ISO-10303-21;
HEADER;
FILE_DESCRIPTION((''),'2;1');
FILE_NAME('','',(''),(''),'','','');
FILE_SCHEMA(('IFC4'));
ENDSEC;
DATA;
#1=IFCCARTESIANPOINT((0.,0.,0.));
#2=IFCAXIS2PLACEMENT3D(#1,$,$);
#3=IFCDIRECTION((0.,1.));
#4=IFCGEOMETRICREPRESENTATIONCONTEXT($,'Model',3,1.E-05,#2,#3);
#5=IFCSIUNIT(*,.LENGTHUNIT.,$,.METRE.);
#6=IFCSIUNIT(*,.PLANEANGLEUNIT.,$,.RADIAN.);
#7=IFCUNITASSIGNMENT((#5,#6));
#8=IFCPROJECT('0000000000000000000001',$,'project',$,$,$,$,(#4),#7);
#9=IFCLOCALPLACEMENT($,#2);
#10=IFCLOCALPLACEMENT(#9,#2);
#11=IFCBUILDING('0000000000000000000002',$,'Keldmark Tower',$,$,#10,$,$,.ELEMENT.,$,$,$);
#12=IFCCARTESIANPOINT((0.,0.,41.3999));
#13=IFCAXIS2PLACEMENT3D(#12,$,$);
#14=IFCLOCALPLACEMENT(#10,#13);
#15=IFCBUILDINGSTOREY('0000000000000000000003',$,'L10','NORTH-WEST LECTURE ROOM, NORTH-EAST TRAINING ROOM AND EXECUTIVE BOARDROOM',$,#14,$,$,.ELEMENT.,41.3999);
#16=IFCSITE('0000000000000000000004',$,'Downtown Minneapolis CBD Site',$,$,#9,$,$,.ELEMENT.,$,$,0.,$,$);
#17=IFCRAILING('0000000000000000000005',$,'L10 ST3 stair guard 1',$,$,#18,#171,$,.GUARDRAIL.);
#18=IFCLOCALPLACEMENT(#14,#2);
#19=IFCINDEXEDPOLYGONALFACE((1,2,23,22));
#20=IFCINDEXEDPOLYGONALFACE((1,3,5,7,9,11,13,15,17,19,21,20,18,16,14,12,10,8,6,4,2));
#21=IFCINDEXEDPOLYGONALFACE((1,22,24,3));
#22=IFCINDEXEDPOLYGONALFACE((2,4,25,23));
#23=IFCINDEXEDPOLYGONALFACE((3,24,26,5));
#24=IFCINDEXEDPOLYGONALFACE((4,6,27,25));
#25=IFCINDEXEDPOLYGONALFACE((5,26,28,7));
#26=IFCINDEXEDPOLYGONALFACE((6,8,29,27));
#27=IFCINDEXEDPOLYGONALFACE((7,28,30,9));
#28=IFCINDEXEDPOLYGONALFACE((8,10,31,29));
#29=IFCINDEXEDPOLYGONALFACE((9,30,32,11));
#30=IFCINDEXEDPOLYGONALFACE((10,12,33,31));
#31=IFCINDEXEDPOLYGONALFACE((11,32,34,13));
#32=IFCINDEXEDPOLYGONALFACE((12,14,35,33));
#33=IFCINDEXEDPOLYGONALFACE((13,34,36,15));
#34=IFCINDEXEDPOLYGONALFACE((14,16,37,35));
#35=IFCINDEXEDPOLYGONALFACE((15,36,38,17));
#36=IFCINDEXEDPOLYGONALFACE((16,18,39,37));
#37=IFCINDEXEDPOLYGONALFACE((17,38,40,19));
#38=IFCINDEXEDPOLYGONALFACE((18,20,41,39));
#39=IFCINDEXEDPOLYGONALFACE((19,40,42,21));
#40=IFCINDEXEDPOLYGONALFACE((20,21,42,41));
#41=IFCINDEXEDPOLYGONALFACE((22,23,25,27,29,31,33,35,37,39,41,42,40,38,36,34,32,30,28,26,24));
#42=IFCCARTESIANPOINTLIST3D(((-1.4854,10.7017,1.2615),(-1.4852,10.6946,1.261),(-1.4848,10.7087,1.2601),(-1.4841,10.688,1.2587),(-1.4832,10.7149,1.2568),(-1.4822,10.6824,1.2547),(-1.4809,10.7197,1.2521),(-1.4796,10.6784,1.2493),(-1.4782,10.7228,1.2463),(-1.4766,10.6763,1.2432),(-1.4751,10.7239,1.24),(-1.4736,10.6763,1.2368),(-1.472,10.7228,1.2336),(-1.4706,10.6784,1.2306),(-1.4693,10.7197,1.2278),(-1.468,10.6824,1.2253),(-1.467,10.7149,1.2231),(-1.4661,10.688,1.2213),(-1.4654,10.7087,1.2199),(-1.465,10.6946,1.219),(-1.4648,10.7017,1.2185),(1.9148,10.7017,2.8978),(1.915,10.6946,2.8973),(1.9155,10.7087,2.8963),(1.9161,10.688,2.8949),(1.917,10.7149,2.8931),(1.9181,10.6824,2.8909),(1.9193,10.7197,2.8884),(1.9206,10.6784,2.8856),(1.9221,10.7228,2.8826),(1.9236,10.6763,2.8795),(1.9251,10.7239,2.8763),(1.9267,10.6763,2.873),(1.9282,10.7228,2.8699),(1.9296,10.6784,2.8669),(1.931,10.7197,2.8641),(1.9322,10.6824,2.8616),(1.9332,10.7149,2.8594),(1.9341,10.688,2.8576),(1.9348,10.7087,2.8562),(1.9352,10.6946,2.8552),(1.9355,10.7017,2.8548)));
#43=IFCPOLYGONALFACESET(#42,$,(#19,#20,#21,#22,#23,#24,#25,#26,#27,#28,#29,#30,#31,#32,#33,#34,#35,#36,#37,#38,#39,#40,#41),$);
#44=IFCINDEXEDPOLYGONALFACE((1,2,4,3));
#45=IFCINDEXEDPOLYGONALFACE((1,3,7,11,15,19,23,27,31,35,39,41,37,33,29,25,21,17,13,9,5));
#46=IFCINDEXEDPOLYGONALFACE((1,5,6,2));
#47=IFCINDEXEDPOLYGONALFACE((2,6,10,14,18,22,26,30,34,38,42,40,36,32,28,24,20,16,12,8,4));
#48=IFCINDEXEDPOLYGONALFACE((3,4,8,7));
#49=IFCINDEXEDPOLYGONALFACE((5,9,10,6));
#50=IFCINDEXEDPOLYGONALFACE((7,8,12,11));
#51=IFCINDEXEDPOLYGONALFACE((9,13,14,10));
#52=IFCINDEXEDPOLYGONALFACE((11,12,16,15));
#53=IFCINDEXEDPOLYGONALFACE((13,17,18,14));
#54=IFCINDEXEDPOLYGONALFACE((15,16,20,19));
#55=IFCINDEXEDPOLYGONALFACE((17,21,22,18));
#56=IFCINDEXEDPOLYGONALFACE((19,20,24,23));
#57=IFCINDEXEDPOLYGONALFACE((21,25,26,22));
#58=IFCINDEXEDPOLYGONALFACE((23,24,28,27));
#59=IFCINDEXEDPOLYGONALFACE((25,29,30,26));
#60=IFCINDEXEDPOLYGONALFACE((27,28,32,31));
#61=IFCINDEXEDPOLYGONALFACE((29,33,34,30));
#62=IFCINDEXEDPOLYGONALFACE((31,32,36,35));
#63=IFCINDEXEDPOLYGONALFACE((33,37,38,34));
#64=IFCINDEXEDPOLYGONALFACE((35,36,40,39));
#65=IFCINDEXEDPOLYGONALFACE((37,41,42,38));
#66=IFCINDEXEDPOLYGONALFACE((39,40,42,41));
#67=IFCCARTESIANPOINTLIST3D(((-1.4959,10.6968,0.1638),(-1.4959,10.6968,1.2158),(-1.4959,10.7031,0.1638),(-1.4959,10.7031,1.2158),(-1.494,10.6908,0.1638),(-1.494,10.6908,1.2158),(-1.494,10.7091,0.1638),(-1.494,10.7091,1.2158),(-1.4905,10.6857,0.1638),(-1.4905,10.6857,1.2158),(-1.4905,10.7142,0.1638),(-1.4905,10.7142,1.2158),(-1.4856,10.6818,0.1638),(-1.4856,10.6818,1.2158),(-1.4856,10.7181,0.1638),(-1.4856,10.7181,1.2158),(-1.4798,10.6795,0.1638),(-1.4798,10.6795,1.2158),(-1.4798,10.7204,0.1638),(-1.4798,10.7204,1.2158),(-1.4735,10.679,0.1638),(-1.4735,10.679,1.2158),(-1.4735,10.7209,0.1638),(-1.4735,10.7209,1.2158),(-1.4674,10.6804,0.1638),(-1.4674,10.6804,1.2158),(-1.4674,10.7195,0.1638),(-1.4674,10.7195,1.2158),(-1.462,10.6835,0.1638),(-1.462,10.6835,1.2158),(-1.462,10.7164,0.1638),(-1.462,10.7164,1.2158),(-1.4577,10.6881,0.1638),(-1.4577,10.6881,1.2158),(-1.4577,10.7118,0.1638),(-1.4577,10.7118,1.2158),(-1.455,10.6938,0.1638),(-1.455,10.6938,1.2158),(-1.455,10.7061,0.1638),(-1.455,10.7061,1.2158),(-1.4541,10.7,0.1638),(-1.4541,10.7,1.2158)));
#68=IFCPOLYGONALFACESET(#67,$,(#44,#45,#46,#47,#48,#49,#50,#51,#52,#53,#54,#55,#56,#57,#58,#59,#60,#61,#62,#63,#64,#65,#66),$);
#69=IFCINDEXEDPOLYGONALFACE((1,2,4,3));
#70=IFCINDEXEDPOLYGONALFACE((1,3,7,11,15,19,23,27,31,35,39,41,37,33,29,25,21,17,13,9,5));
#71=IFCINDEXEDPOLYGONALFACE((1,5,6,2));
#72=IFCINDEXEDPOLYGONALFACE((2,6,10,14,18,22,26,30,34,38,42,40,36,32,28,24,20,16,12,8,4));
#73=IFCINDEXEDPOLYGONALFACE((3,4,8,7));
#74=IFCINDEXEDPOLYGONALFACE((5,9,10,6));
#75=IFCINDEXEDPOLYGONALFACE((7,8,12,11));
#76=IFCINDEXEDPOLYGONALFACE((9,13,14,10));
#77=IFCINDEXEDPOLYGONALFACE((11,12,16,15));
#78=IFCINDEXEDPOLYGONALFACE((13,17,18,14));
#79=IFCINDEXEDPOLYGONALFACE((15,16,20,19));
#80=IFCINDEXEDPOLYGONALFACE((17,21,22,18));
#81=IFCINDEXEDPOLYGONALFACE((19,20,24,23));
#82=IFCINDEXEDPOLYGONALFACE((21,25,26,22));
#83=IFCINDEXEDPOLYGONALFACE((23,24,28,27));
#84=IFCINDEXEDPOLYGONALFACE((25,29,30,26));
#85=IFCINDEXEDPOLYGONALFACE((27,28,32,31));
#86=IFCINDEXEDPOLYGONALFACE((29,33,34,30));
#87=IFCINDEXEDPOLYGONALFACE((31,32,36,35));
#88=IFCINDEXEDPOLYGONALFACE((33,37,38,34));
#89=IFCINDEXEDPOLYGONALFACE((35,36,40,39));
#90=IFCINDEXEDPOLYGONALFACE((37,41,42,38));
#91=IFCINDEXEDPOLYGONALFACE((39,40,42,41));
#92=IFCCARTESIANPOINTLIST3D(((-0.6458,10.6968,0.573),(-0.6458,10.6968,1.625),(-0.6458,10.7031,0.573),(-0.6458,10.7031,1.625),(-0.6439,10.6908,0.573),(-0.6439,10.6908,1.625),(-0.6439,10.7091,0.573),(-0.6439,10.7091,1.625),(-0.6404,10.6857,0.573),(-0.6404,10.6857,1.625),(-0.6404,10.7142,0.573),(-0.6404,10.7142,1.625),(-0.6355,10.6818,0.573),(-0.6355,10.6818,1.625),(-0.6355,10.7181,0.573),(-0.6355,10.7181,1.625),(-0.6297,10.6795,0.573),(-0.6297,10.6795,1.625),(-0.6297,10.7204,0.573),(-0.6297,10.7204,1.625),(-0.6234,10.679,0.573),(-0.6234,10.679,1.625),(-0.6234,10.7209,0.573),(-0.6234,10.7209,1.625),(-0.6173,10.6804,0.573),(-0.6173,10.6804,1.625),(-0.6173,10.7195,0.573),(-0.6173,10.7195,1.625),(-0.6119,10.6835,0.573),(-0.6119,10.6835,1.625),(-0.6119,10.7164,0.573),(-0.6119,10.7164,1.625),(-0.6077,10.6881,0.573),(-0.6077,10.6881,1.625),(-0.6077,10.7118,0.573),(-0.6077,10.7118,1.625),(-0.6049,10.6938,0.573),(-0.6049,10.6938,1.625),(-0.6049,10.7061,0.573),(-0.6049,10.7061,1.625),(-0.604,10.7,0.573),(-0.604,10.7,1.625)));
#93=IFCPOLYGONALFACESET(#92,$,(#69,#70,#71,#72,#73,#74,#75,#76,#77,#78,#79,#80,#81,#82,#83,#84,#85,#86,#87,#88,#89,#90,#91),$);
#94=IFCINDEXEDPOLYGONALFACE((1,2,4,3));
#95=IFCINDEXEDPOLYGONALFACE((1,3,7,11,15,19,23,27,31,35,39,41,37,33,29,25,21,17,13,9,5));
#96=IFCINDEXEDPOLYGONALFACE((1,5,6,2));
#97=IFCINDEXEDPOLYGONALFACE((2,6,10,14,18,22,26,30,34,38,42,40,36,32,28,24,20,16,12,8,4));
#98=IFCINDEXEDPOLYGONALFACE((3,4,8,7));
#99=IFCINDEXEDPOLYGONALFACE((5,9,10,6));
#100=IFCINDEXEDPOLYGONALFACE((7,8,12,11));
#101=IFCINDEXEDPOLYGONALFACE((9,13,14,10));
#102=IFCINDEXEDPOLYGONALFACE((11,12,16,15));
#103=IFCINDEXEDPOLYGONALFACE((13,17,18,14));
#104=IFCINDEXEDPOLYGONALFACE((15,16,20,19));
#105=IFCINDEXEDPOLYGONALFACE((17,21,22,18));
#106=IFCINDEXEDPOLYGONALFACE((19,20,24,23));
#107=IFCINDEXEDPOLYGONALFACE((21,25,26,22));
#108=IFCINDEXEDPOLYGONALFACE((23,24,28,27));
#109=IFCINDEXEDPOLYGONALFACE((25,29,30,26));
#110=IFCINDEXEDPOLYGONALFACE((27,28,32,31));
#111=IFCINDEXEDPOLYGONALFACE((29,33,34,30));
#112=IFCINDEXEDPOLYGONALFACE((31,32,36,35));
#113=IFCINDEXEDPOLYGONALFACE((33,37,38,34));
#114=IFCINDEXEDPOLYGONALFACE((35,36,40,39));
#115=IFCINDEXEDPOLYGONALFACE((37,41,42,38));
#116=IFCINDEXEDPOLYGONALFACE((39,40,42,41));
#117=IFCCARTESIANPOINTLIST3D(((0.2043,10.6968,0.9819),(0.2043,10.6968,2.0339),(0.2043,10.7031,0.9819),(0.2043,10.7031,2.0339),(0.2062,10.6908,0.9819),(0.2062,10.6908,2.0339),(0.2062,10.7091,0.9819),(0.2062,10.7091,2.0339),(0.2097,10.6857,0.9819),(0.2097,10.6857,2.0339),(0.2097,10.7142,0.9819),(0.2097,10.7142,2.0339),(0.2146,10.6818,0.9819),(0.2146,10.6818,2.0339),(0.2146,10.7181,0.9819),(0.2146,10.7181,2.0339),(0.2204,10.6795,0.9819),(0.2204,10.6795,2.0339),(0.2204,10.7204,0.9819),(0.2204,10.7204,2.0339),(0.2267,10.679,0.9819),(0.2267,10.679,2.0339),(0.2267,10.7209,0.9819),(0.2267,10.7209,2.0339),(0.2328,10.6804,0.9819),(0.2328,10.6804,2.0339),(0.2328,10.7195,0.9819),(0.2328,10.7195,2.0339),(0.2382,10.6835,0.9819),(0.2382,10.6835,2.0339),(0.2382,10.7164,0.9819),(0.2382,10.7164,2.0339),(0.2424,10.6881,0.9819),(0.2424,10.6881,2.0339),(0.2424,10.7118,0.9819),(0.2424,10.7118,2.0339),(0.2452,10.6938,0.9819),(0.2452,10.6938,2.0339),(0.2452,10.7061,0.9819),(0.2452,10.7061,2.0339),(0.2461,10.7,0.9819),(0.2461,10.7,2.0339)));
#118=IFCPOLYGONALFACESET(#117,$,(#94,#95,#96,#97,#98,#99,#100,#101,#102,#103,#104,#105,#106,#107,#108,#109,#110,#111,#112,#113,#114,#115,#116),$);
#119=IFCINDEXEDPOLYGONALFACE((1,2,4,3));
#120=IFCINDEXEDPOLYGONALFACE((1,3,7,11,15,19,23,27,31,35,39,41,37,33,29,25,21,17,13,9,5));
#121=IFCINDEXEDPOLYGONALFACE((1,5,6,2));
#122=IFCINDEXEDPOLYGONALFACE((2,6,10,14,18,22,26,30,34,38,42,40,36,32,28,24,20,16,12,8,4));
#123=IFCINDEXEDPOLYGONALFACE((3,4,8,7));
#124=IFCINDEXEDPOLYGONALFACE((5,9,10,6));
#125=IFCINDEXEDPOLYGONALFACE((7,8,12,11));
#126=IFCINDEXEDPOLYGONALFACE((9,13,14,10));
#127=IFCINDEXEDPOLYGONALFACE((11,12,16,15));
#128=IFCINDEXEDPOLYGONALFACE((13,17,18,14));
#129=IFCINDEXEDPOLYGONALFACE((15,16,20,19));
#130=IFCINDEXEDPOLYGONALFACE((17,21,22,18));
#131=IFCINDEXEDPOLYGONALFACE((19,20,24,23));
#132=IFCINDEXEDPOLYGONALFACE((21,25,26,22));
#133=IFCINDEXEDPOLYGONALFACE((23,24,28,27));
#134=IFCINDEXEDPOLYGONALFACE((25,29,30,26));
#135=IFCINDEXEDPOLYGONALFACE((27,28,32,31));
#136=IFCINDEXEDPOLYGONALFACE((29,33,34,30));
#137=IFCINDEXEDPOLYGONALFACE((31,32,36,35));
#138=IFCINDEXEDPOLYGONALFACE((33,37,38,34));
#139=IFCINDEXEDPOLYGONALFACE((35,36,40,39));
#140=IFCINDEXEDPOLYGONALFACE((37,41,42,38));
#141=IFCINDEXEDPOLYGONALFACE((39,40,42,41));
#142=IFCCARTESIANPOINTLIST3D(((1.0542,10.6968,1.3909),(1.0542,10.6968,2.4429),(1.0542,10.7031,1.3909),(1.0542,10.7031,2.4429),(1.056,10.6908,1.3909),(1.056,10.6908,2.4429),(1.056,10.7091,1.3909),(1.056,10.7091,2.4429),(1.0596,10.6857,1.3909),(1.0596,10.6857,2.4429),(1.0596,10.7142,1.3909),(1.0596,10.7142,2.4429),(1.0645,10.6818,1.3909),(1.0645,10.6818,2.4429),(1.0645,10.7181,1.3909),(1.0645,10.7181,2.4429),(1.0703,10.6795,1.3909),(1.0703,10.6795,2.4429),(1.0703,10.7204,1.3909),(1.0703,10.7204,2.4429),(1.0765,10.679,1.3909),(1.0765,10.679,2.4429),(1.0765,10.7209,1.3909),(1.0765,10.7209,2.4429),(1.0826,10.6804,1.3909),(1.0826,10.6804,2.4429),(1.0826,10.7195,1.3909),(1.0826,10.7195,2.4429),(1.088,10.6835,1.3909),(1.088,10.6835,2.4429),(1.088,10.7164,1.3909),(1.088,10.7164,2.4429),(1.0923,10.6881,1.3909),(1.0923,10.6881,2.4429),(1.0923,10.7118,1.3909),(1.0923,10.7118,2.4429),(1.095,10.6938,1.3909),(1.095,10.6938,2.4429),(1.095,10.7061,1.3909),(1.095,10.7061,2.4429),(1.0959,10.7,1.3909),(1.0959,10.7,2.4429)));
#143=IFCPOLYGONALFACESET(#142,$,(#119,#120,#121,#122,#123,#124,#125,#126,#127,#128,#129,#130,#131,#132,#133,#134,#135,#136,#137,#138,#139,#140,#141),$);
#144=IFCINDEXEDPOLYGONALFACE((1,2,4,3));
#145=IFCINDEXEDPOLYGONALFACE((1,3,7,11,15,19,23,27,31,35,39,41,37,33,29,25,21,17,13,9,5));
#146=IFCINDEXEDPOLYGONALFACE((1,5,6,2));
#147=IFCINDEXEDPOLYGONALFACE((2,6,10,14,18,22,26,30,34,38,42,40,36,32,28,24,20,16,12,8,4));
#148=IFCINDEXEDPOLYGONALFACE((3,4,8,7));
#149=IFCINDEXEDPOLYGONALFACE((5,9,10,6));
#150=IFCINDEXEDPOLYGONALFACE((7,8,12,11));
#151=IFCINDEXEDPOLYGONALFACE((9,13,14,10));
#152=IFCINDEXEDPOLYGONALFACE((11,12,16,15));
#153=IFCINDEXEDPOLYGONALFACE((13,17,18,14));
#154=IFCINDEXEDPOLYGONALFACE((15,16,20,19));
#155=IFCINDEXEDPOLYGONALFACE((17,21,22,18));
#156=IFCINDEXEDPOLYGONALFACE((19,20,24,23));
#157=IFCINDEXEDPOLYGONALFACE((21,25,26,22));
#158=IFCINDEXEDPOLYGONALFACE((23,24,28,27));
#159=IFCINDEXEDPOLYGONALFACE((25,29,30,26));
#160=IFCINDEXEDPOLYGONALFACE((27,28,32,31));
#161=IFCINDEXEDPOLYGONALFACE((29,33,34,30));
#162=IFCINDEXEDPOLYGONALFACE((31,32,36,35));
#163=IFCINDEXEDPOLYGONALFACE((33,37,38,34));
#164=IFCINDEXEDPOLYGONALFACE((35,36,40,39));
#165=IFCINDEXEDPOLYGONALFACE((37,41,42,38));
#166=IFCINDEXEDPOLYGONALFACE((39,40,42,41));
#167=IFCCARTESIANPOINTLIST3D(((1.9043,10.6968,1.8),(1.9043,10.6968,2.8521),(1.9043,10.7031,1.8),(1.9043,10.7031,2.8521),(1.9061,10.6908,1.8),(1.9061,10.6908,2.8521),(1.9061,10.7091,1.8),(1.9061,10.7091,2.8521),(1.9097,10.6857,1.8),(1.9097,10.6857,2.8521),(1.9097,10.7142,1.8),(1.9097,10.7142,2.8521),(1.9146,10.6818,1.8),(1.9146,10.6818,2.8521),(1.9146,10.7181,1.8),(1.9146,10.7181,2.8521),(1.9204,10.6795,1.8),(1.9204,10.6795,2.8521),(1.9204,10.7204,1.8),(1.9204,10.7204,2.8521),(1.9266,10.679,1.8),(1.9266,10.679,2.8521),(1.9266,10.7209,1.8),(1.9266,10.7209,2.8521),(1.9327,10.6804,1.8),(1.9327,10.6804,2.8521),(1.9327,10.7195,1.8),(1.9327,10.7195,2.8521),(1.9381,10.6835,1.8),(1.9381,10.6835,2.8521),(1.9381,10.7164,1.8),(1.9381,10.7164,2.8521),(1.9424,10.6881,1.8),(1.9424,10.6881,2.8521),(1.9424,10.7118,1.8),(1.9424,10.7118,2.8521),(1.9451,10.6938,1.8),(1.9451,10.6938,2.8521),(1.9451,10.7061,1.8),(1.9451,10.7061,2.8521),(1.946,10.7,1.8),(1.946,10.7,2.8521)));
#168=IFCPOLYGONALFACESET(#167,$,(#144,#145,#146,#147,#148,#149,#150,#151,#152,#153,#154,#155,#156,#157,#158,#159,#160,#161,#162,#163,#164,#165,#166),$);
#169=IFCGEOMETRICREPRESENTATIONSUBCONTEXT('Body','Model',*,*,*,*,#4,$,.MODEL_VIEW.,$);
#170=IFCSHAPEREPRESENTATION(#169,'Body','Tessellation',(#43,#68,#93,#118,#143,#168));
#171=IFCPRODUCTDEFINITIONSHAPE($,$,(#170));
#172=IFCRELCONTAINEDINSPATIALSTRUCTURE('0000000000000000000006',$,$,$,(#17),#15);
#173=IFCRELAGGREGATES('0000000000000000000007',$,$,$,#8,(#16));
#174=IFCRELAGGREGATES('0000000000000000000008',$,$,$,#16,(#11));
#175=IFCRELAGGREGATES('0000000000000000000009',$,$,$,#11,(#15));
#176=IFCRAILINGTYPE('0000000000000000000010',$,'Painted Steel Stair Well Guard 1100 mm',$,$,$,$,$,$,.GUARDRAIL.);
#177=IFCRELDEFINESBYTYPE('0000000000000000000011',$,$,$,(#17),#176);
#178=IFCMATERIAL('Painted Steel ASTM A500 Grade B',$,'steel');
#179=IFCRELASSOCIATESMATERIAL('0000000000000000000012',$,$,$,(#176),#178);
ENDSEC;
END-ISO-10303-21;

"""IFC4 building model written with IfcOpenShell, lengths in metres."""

from ifc_helpers import new_model, si_unit, direction, frame, origin, origin_2d, place, context, subcontext, project, spatial, circle, extrude, material, type_object, element, save


model = new_model("IFC4")

# Units and contexts
model_context = context("Model", 3, precision=1e-05, world=origin(), true_north=direction((0.0, 1.0)))
body_context = subcontext(model_context, "Body", "Model", "MODEL_VIEW")
ifc_project = project(units=[si_unit("LENGTHUNIT", "METRE"), si_unit("PLANEANGLEUNIT", "RADIAN")], contexts=[model_context])

# Site, building, storey
site_placement = place(None, origin())
site = spatial("IfcSite", under=ifc_project, at=site_placement, Name="Downtown Minneapolis CBD Site", CompositionType="ELEMENT", RefElevation=0.0)
building_placement = place(site_placement, origin())
building = spatial("IfcBuilding", under=site, at=building_placement, Name="Keldmark Tower", CompositionType="ELEMENT")
storey_placement = place(building_placement, frame((0.0, 0.0, 41.3999)))
storey = spatial("IfcBuildingStorey", under=building, at=storey_placement, Name="L10", Description="NORTH-WEST LECTURE ROOM, NORTH-EAST TRAINING ROOM AND EXECUTIVE BOARDROOM", CompositionType="ELEMENT", Elevation=41.3999)

# Railing
ifc_material_1 = material(Name="Painted Steel ASTM A500 Grade B", Category="steel")
railing_type = type_object("IfcRailingType", Name="Painted Steel Stair Well Guard 1100 mm", PredefinedType="GUARDRAIL", material=ifc_material_1)
railing_1_placement = place(storey_placement, frame((-1.4751, 10.7, 0.1638)))
element("IfcRailing", 1, at=railing_1_placement, inside=storey, type_object=railing_type, Name="L10 ST3 stair guard 1", PredefinedType="GUARDRAIL", context=body_context, shape_type="SweptSolid", body=[
    extrude(circle(Radius=0.0239, at=origin_2d()), frame((0.0, 0.0, 1.0762), z_axis=(0.901093, 0.0, 0.433627), x_axis=(0.0, 1.0, 0.0)), (0.0, 0.0, 1.0), 3.7734),
    extrude(circle(Radius=0.021, at=origin_2d()), origin(), (0.0, 0.0, 1.0), 1.052),
    extrude(circle(Radius=0.021, at=origin_2d()), frame((0.8501, 0.0, 0.4092)), (0.0, 0.0, 1.0), 1.052),
    extrude(circle(Radius=0.021, at=origin_2d()), frame((1.7002, 0.0, 0.8181)), (0.0, 0.0, 1.0), 1.052),
    extrude(circle(Radius=0.021, at=origin_2d()), frame((2.55, 0.0, 1.2271)), (0.0, 0.0, 1.0), 1.052),
    extrude(circle(Radius=0.021, at=origin_2d()), frame((3.4001, 0.0, 1.6362)), (0.0, 0.0, 1.0), 1.052),
])

save(model, "model.ifc")
